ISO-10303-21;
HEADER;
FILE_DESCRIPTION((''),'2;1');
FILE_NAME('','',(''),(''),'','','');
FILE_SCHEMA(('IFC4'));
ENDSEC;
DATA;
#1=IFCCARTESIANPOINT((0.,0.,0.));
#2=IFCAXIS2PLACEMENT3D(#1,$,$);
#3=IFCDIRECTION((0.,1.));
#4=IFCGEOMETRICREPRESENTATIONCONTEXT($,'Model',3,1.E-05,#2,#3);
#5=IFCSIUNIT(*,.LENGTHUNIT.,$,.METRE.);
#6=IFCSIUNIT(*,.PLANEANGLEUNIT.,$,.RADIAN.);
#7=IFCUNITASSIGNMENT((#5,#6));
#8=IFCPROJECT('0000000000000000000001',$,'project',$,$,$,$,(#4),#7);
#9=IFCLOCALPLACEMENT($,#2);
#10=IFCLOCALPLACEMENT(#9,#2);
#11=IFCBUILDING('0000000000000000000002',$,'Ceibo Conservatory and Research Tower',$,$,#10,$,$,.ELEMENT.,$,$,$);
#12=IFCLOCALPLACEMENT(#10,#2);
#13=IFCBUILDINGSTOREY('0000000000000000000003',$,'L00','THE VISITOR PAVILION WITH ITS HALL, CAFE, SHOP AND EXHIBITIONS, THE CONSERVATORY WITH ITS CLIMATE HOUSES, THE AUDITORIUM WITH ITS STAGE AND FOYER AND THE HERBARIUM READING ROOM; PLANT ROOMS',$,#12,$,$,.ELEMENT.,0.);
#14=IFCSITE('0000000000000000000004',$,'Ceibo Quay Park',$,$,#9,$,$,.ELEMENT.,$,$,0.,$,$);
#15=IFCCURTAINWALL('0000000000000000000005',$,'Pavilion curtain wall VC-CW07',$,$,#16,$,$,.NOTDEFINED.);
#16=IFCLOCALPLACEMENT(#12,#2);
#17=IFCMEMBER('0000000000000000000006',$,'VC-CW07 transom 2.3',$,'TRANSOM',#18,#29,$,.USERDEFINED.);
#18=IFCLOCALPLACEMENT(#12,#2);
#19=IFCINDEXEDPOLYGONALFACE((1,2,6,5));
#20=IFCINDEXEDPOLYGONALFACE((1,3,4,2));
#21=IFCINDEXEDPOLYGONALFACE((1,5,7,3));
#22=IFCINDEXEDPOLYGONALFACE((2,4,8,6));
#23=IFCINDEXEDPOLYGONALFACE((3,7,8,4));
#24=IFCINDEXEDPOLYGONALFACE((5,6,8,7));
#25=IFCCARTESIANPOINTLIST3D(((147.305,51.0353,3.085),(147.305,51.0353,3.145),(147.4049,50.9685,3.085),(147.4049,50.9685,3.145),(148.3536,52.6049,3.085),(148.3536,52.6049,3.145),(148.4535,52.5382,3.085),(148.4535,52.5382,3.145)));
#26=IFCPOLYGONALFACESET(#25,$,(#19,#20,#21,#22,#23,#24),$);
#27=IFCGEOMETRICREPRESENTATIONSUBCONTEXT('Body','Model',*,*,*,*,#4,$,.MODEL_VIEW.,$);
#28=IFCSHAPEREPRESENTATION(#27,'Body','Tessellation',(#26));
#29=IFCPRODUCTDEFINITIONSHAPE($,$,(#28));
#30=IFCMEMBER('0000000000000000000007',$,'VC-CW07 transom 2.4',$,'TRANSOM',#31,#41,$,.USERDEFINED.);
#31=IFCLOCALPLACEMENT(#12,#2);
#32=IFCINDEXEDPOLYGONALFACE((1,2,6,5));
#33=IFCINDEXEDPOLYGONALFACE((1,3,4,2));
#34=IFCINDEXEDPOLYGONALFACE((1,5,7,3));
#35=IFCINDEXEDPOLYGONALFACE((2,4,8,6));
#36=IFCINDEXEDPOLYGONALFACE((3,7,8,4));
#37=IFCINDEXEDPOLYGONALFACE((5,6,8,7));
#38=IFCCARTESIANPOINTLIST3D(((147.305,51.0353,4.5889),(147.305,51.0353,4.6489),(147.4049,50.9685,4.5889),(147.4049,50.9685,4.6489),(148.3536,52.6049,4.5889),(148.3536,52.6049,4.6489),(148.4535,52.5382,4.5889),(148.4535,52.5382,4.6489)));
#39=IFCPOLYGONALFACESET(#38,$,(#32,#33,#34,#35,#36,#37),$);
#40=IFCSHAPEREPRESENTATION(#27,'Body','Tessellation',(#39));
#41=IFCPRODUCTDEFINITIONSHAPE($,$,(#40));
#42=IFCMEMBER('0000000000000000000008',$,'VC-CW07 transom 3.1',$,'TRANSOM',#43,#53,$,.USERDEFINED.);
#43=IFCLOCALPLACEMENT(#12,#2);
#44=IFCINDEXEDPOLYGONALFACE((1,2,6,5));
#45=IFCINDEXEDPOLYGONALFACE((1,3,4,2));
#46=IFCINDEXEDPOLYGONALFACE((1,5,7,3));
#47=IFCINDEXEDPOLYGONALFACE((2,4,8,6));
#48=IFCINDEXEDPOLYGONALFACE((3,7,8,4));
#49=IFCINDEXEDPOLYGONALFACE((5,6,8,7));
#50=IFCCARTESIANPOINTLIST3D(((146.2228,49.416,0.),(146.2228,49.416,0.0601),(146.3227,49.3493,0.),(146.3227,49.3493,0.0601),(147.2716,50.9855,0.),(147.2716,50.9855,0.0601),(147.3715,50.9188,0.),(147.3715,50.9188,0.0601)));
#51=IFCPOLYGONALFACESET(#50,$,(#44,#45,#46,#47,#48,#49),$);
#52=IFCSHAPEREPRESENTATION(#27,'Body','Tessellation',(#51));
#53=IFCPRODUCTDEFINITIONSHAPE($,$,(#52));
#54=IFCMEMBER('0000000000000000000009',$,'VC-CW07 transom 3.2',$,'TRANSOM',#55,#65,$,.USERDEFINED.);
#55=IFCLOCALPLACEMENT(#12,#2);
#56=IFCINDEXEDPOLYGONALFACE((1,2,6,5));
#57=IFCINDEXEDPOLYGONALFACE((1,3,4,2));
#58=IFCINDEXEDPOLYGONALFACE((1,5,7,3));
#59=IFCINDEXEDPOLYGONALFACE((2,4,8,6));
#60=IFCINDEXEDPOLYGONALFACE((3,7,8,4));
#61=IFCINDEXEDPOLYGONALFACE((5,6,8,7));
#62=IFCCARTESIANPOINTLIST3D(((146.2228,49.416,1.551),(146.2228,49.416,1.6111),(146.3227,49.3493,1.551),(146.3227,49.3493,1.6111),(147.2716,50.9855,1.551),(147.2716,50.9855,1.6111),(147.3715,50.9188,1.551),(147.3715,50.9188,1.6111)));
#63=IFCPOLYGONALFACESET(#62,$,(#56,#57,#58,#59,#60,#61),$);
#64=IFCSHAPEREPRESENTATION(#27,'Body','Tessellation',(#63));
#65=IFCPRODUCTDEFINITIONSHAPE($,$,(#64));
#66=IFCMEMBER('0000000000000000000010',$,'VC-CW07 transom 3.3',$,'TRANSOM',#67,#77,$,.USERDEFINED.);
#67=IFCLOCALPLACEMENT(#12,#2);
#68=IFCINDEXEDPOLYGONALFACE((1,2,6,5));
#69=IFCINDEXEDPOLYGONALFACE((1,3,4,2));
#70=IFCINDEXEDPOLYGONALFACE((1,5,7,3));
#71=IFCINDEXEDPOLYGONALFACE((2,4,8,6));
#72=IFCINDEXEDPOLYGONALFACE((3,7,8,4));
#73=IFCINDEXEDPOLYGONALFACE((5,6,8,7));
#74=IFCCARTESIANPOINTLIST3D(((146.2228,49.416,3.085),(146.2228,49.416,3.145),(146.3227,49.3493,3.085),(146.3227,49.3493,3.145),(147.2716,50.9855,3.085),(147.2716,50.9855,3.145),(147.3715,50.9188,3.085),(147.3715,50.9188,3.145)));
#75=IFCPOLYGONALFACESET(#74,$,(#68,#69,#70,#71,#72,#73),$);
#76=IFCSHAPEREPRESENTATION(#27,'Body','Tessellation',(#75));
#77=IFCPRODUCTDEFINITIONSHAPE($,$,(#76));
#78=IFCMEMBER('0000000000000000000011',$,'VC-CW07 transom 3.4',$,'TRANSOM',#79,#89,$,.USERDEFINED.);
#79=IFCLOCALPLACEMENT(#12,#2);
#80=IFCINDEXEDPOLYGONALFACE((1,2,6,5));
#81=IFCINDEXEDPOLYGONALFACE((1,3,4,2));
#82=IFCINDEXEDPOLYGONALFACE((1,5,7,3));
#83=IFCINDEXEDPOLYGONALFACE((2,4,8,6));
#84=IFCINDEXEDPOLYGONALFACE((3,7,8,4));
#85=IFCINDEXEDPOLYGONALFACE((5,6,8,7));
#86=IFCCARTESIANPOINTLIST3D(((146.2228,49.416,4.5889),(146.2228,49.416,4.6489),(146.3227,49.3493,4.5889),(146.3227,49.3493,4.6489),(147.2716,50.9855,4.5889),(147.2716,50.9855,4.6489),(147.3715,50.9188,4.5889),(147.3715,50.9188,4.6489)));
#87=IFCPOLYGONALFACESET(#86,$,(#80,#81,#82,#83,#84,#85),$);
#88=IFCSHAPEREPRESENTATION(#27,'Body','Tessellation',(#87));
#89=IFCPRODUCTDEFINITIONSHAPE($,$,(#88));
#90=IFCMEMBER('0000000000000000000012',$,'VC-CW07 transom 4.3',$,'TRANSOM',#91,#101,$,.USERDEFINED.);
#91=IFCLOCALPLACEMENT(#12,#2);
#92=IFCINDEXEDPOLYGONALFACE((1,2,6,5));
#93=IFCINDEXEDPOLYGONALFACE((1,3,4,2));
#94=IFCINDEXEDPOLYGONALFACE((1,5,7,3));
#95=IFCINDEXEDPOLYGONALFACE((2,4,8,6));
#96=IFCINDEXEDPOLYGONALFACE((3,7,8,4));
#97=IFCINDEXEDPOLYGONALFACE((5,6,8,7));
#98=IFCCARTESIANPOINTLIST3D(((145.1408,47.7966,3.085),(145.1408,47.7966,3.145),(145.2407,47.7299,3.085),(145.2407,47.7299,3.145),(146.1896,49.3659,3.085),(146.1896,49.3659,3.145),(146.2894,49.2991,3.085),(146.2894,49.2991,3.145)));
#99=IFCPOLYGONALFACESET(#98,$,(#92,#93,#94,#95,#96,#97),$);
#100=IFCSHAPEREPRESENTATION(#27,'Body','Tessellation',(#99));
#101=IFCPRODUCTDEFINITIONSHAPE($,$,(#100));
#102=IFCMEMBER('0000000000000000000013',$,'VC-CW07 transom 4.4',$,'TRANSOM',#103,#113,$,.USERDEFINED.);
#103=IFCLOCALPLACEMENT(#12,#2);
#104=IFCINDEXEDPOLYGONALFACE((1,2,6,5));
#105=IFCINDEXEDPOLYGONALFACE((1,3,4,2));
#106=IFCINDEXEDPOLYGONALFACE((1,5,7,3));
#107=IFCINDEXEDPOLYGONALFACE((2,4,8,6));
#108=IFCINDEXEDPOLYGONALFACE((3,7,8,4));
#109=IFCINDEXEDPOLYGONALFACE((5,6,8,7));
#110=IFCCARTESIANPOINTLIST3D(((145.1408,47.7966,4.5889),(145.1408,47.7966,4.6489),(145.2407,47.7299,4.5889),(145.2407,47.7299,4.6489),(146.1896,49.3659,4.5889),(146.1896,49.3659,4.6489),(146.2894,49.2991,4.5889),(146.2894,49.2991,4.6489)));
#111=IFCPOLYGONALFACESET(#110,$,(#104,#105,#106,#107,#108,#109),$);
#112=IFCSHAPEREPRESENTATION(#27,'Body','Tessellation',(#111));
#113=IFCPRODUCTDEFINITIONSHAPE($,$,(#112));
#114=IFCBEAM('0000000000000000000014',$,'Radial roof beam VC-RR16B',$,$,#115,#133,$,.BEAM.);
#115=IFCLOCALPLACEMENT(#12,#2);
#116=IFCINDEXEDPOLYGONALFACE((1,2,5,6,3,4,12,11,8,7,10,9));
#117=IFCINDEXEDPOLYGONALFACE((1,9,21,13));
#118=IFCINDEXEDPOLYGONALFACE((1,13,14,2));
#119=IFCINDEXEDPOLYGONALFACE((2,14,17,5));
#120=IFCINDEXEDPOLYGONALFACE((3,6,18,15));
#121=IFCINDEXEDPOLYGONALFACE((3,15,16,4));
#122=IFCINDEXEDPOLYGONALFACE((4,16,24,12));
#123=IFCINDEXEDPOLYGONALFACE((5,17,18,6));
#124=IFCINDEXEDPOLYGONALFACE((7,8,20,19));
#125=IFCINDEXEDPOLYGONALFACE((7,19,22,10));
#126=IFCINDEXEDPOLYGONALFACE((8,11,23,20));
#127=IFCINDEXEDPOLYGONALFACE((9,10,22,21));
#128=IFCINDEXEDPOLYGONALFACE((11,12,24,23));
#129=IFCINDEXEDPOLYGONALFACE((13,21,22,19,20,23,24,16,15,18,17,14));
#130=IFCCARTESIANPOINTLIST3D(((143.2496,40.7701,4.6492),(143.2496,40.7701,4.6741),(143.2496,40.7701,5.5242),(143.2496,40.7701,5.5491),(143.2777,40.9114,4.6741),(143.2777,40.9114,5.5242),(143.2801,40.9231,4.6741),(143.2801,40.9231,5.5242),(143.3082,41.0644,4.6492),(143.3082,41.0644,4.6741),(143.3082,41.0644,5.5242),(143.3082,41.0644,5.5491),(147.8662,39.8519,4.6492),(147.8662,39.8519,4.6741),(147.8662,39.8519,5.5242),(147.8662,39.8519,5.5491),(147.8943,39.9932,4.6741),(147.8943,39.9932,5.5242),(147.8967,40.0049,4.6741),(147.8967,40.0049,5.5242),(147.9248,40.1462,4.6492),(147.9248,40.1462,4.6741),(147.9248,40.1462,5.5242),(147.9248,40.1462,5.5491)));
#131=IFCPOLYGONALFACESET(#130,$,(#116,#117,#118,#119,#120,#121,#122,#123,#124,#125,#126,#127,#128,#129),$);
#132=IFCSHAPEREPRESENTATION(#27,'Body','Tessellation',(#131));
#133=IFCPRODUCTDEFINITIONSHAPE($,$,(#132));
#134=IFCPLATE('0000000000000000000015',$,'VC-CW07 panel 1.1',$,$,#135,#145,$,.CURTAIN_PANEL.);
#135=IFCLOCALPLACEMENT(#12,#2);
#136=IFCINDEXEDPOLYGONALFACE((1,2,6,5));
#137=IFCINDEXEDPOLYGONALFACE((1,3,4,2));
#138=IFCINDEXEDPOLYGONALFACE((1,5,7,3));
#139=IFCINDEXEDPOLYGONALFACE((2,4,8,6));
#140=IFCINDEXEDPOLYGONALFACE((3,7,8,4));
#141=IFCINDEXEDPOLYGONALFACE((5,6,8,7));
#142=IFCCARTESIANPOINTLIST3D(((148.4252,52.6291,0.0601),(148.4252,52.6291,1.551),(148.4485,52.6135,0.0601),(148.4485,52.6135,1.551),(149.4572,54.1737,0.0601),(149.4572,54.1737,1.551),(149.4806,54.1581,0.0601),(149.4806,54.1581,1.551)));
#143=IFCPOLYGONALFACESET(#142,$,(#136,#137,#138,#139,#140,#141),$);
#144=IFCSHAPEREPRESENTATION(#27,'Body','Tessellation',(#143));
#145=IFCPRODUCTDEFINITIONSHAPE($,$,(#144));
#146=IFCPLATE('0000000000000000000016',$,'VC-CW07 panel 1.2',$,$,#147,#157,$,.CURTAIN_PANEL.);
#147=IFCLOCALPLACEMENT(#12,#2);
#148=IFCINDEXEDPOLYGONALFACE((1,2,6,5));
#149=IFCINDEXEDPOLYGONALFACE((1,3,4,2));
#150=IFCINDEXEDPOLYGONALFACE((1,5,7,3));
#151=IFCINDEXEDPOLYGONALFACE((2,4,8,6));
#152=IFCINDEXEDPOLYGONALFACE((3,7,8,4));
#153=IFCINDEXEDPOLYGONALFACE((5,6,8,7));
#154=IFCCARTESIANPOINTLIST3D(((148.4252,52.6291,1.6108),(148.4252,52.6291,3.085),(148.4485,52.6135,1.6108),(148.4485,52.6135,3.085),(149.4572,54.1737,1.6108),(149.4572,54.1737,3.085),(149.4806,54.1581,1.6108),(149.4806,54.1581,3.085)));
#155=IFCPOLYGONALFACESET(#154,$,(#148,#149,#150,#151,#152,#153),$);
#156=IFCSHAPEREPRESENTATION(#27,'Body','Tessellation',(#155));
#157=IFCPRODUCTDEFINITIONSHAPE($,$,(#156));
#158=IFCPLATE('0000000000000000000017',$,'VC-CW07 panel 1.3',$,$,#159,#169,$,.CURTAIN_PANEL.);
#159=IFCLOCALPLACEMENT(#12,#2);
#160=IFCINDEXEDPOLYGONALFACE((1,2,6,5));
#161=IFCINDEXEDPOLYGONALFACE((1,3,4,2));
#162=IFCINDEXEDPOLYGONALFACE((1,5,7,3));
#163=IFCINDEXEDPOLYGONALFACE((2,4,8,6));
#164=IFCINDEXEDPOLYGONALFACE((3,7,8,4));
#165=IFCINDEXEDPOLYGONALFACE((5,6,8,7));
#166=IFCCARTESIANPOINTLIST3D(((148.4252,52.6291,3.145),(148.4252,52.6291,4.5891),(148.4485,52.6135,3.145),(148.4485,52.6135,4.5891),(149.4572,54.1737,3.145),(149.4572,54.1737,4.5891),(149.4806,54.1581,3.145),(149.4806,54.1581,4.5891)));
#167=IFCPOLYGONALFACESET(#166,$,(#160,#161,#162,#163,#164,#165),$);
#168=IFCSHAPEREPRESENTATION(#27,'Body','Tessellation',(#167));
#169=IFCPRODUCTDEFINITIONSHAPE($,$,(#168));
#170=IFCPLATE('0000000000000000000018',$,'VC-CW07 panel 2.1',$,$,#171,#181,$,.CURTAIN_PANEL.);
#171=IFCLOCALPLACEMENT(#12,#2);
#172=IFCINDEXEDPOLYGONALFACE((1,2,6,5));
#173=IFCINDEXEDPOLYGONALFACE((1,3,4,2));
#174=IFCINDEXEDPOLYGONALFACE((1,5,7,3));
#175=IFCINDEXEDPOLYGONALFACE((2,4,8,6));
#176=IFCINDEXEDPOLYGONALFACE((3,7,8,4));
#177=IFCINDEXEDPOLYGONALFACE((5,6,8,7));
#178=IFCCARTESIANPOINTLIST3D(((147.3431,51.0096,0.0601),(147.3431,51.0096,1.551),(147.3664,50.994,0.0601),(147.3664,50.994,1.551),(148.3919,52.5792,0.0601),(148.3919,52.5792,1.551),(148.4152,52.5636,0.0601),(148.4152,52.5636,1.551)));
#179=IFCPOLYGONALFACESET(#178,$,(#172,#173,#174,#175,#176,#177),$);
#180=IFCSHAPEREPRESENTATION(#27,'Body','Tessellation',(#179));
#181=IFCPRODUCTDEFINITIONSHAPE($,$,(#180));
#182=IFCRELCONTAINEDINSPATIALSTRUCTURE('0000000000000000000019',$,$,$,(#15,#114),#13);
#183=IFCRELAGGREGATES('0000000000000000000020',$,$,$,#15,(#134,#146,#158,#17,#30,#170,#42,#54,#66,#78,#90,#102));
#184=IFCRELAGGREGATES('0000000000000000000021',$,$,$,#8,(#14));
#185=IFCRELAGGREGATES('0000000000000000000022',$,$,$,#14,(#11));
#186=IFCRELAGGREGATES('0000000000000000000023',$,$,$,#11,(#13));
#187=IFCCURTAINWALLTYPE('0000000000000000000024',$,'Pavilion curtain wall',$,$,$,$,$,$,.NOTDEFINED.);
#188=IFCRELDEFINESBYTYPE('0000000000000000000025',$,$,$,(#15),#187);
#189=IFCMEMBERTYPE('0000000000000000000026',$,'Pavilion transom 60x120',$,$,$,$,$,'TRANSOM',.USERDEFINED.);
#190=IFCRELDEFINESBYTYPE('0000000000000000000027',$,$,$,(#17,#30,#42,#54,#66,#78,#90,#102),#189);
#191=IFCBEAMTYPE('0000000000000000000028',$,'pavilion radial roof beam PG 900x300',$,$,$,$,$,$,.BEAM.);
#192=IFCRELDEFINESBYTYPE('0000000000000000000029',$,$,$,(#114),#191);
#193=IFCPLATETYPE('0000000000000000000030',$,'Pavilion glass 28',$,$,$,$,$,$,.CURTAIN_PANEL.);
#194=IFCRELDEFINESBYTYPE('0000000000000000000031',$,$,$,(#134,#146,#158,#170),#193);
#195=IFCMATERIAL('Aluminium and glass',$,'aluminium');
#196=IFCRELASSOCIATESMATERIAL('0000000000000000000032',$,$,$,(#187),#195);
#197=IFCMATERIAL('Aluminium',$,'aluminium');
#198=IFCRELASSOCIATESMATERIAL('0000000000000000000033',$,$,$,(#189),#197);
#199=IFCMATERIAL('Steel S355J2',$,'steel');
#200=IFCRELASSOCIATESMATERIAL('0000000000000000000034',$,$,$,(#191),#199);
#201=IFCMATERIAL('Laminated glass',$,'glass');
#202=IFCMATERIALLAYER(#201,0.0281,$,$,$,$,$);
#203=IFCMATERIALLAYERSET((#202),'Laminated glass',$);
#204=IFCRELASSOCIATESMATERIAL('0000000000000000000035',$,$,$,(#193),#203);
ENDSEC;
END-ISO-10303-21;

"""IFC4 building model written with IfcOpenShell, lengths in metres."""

from ifc_helpers import new_model, si_unit, direction, frame, origin, origin_2d, place, context, subcontext, project, spatial, rectangle, i_section, extrude, material, layer, layer_set, material_profile, profile_set, type_object, element, aggregate, save


model = new_model("IFC4")

# Units and contexts
model_context = context("Model", 3, precision=1e-05, world=origin(), true_north=direction((0.0, 1.0)))
body_context = subcontext(model_context, "Body", "Model", "MODEL_VIEW")
ifc_project = project(units=[si_unit("LENGTHUNIT", "METRE"), si_unit("PLANEANGLEUNIT", "RADIAN")], contexts=[model_context])

# Site, building, storey
site_placement = place(None, origin())
site = spatial("IfcSite", under=ifc_project, at=site_placement, Name="Ceibo Quay Park", CompositionType="ELEMENT", RefElevation=0.0)
building_placement = place(site_placement, origin())
building = spatial("IfcBuilding", under=site, at=building_placement, Name="Ceibo Conservatory and Research Tower", CompositionType="ELEMENT")
storey_placement = place(building_placement, origin())
storey = spatial("IfcBuildingStorey", under=building, at=storey_placement, Name="L00", Description="THE VISITOR PAVILION WITH ITS HALL, CAFE, SHOP AND EXHIBITIONS, THE CONSERVATORY WITH ITS CLIMATE HOUSES, THE AUDITORIUM WITH ITS STAGE AND FOYER AND THE HERBARIUM READING ROOM; PLANT ROOMS", CompositionType="ELEMENT", Elevation=0.0)

# Curtain wall, members
ifc_material_1 = material(Name="Aluminium and glass", Category="aluminium")
curtain_wall_type = type_object("IfcCurtainWallType", Name="Pavilion curtain wall", PredefinedType="NOTDEFINED", material=ifc_material_1)
curtain_wall_placement = place(storey_placement, origin())
curtain_wall = element("IfcCurtainWall", 1, at=curtain_wall_placement, inside=storey, type_object=curtain_wall_type, Name="Pavilion curtain wall VC-CW07", PredefinedType="NOTDEFINED")
ifc_material_2 = material(Name="Aluminium", Category="aluminium")
ifc_material_profile_1 = material_profile(ifc_material_2, rectangle(XDim=0.1201, YDim=0.0601, at=origin_2d()), Name="AL 60x120")
ifc_profile_set_1 = profile_set([ifc_material_profile_1], Name="Aluminium")
member_type_1 = type_object("IfcMemberType", Name="Pavilion transom 60x120", ElementType="TRANSOM", PredefinedType="USERDEFINED", material=ifc_profile_set_1)
member_1_placement = place(storey_placement, frame((148.4036, 52.5715, 3.115), z_axis=(-0.555506, -0.831513, 0.0), x_axis=(0.831513, -0.555506, 0.0)))
member_1 = element("IfcMember", 2, at=member_1_placement, type_object=member_type_1, Name="VC-CW07 transom 2.3", ObjectType="TRANSOM", PredefinedType="USERDEFINED", context=body_context, shape_type="SweptSolid", body=[
    extrude(rectangle(XDim=0.1201, YDim=0.0601, at=origin_2d()), origin(), (0.0, 0.0, 1.0), 1.8877),
])
member_2_placement = place(storey_placement, frame((148.4036, 52.5715, 4.6189), z_axis=(-0.555506, -0.831513, 0.0), x_axis=(0.831513, -0.555506, 0.0)))
member_2 = element("IfcMember", 3, at=member_2_placement, type_object=member_type_1, Name="VC-CW07 transom 2.4", ObjectType="TRANSOM", PredefinedType="USERDEFINED", context=body_context, shape_type="SweptSolid", body=[
    extrude(rectangle(XDim=0.1201, YDim=0.0601, at=origin_2d()), origin(), (0.0, 0.0, 1.0), 1.8877),
])
member_3_placement = place(storey_placement, frame((147.3215, 50.9521, 0.03), z_axis=(-0.555595, -0.831453, 0.0), x_axis=(0.831453, -0.555595, 0.0)))
member_3 = element("IfcMember", 4, at=member_3_placement, type_object=member_type_1, Name="VC-CW07 transom 3.1", ObjectType="TRANSOM", PredefinedType="USERDEFINED", context=body_context, shape_type="SweptSolid", body=[
    extrude(rectangle(XDim=0.1201, YDim=0.0601, at=origin_2d()), origin(), (0.0, 0.0, 1.0), 1.8877),
])
member_4_placement = place(storey_placement, frame((147.3215, 50.9521, 1.5811), z_axis=(-0.555595, -0.831453, 0.0), x_axis=(0.831453, -0.555595, 0.0)))
member_4 = element("IfcMember", 5, at=member_4_placement, type_object=member_type_1, Name="VC-CW07 transom 3.2", ObjectType="TRANSOM", PredefinedType="USERDEFINED", context=body_context, shape_type="SweptSolid", body=[
    extrude(rectangle(XDim=0.1201, YDim=0.0601, at=origin_2d()), origin(), (0.0, 0.0, 1.0), 1.8877),
])
member_5_placement = place(storey_placement, frame((147.3215, 50.9521, 3.115), z_axis=(-0.555595, -0.831453, 0.0), x_axis=(0.831453, -0.555595, 0.0)))
member_5 = element("IfcMember", 6, at=member_5_placement, type_object=member_type_1, Name="VC-CW07 transom 3.3", ObjectType="TRANSOM", PredefinedType="USERDEFINED", context=body_context, shape_type="SweptSolid", body=[
    extrude(rectangle(XDim=0.1201, YDim=0.0601, at=origin_2d()), origin(), (0.0, 0.0, 1.0), 1.8877),
])
member_6_placement = place(storey_placement, frame((147.3215, 50.9521, 4.6189), z_axis=(-0.555595, -0.831453, 0.0), x_axis=(0.831453, -0.555595, 0.0)))
member_6 = element("IfcMember", 7, at=member_6_placement, type_object=member_type_1, Name="VC-CW07 transom 3.4", ObjectType="TRANSOM", PredefinedType="USERDEFINED", context=body_context, shape_type="SweptSolid", body=[
    extrude(rectangle(XDim=0.1201, YDim=0.0601, at=origin_2d()), origin(), (0.0, 0.0, 1.0), 1.8877),
])
member_7_placement = place(storey_placement, frame((146.2395, 49.3325, 3.115), z_axis=(-0.555655, -0.831413, 0.0), x_axis=(0.831413, -0.555655, 0.0)))
member_7 = element("IfcMember", 8, at=member_7_placement, type_object=member_type_1, Name="VC-CW07 transom 4.3", ObjectType="TRANSOM", PredefinedType="USERDEFINED", context=body_context, shape_type="SweptSolid", body=[
    extrude(rectangle(XDim=0.1201, YDim=0.0601, at=origin_2d()), origin(), (0.0, 0.0, 1.0), 1.8875),
])
member_8_placement = place(storey_placement, frame((146.2395, 49.3325, 4.6189), z_axis=(-0.555655, -0.831413, 0.0), x_axis=(0.831413, -0.555655, 0.0)))
member_8 = element("IfcMember", 9, at=member_8_placement, type_object=member_type_1, Name="VC-CW07 transom 4.4", ObjectType="TRANSOM", PredefinedType="USERDEFINED", context=body_context, shape_type="SweptSolid", body=[
    extrude(rectangle(XDim=0.1201, YDim=0.0601, at=origin_2d()), origin(), (0.0, 0.0, 1.0), 1.8875),
])

# Beam
ifc_material_3 = material(Name="Steel S355J2", Category="steel")
ifc_material_profile_2 = material_profile(ifc_material_3, i_section(OverallWidth=0.3, OverallDepth=0.8999, WebThickness=0.012, FlangeThickness=0.0249, at=origin_2d()), Name="PG 900x300")
ifc_profile_set_2 = profile_set([ifc_material_profile_2], Name="Steel S355J2")
beam_type = type_object("IfcBeamType", Name="pavilion radial roof beam PG 900x300", PredefinedType="BEAM", material=ifc_profile_set_2)
beam_placement = place(storey_placement, frame((147.8955, 39.999, 5.0991), z_axis=(-0.98079, 0.195069, 0.0), x_axis=(-0.195069, -0.98079, 0.0)))
element("IfcBeam", 10, at=beam_placement, inside=storey, type_object=beam_type, Name="Radial roof beam VC-RR16B", PredefinedType="BEAM", context=body_context, shape_type="SweptSolid", body=[
    extrude(i_section(OverallWidth=0.3, OverallDepth=0.8999, WebThickness=0.012, FlangeThickness=0.0249, at=origin_2d()), origin(), (0.0, 0.0, 1.0), 4.707),
])

# Plates
ifc_material_4 = material(Name="Laminated glass", Category="glass")
ifc_layer_1 = layer(ifc_material_4, 0.0281)
ifc_layer_set_1 = layer_set([ifc_layer_1], Name="Laminated glass")
plate_type = type_object("IfcPlateType", Name="Pavilion glass 28", PredefinedType="CURTAIN_PANEL", material=ifc_layer_set_1)
plate_1_placement = place(storey_placement, frame((148.9529, 53.3936, 0.0601), z_axis=(0.0, 0.0, 1.0), x_axis=(-0.55557, -0.83147, 0.0)))
plate_1 = element("IfcPlate", 11, at=plate_1_placement, type_object=plate_type, Name="VC-CW07 panel 1.1", PredefinedType="CURTAIN_PANEL", context=body_context, shape_type="SweptSolid", body=[
    extrude(rectangle(XDim=1.8577, YDim=0.0281, at=origin_2d()), origin(), (0.0, 0.0, 1.0), 1.491),
])
plate_2_placement = place(storey_placement, frame((148.9529, 53.3936, 1.6108), z_axis=(0.0, 0.0, 1.0), x_axis=(-0.55557, -0.83147, 0.0)))
plate_2 = element("IfcPlate", 12, at=plate_2_placement, type_object=plate_type, Name="VC-CW07 panel 1.2", PredefinedType="CURTAIN_PANEL", context=body_context, shape_type="SweptSolid", body=[
    extrude(rectangle(XDim=1.8577, YDim=0.0281, at=origin_2d()), origin(), (0.0, 0.0, 1.0), 1.4741),
])
plate_3_placement = place(storey_placement, frame((148.9529, 53.3936, 3.145), z_axis=(0.0, 0.0, 1.0), x_axis=(-0.55557, -0.83147, 0.0)))
plate_3 = element("IfcPlate", 13, at=plate_3_placement, type_object=plate_type, Name="VC-CW07 panel 1.3", PredefinedType="CURTAIN_PANEL", context=body_context, shape_type="SweptSolid", body=[
    extrude(rectangle(XDim=1.8577, YDim=0.0281, at=origin_2d()), origin(), (0.0, 0.0, 1.0), 1.4441),
])
plate_4_placement = place(storey_placement, frame((147.8792, 51.7866, 0.0601), z_axis=(0.0, 0.0, 1.0), x_axis=(-0.55557, -0.83147, 0.0)))
plate_4 = element("IfcPlate", 14, at=plate_4_placement, type_object=plate_type, Name="VC-CW07 panel 2.1", PredefinedType="CURTAIN_PANEL", context=body_context, shape_type="SweptSolid", body=[
    extrude(rectangle(XDim=1.8877, YDim=0.0281, at=origin_2d()), origin(), (0.0, 0.0, 1.0), 1.491),
])
aggregate(curtain_wall, [plate_1, plate_2, plate_3, member_1, member_2, plate_4, member_3, member_4, member_5, member_6, member_7, member_8])

save(model, "model.ifc")
